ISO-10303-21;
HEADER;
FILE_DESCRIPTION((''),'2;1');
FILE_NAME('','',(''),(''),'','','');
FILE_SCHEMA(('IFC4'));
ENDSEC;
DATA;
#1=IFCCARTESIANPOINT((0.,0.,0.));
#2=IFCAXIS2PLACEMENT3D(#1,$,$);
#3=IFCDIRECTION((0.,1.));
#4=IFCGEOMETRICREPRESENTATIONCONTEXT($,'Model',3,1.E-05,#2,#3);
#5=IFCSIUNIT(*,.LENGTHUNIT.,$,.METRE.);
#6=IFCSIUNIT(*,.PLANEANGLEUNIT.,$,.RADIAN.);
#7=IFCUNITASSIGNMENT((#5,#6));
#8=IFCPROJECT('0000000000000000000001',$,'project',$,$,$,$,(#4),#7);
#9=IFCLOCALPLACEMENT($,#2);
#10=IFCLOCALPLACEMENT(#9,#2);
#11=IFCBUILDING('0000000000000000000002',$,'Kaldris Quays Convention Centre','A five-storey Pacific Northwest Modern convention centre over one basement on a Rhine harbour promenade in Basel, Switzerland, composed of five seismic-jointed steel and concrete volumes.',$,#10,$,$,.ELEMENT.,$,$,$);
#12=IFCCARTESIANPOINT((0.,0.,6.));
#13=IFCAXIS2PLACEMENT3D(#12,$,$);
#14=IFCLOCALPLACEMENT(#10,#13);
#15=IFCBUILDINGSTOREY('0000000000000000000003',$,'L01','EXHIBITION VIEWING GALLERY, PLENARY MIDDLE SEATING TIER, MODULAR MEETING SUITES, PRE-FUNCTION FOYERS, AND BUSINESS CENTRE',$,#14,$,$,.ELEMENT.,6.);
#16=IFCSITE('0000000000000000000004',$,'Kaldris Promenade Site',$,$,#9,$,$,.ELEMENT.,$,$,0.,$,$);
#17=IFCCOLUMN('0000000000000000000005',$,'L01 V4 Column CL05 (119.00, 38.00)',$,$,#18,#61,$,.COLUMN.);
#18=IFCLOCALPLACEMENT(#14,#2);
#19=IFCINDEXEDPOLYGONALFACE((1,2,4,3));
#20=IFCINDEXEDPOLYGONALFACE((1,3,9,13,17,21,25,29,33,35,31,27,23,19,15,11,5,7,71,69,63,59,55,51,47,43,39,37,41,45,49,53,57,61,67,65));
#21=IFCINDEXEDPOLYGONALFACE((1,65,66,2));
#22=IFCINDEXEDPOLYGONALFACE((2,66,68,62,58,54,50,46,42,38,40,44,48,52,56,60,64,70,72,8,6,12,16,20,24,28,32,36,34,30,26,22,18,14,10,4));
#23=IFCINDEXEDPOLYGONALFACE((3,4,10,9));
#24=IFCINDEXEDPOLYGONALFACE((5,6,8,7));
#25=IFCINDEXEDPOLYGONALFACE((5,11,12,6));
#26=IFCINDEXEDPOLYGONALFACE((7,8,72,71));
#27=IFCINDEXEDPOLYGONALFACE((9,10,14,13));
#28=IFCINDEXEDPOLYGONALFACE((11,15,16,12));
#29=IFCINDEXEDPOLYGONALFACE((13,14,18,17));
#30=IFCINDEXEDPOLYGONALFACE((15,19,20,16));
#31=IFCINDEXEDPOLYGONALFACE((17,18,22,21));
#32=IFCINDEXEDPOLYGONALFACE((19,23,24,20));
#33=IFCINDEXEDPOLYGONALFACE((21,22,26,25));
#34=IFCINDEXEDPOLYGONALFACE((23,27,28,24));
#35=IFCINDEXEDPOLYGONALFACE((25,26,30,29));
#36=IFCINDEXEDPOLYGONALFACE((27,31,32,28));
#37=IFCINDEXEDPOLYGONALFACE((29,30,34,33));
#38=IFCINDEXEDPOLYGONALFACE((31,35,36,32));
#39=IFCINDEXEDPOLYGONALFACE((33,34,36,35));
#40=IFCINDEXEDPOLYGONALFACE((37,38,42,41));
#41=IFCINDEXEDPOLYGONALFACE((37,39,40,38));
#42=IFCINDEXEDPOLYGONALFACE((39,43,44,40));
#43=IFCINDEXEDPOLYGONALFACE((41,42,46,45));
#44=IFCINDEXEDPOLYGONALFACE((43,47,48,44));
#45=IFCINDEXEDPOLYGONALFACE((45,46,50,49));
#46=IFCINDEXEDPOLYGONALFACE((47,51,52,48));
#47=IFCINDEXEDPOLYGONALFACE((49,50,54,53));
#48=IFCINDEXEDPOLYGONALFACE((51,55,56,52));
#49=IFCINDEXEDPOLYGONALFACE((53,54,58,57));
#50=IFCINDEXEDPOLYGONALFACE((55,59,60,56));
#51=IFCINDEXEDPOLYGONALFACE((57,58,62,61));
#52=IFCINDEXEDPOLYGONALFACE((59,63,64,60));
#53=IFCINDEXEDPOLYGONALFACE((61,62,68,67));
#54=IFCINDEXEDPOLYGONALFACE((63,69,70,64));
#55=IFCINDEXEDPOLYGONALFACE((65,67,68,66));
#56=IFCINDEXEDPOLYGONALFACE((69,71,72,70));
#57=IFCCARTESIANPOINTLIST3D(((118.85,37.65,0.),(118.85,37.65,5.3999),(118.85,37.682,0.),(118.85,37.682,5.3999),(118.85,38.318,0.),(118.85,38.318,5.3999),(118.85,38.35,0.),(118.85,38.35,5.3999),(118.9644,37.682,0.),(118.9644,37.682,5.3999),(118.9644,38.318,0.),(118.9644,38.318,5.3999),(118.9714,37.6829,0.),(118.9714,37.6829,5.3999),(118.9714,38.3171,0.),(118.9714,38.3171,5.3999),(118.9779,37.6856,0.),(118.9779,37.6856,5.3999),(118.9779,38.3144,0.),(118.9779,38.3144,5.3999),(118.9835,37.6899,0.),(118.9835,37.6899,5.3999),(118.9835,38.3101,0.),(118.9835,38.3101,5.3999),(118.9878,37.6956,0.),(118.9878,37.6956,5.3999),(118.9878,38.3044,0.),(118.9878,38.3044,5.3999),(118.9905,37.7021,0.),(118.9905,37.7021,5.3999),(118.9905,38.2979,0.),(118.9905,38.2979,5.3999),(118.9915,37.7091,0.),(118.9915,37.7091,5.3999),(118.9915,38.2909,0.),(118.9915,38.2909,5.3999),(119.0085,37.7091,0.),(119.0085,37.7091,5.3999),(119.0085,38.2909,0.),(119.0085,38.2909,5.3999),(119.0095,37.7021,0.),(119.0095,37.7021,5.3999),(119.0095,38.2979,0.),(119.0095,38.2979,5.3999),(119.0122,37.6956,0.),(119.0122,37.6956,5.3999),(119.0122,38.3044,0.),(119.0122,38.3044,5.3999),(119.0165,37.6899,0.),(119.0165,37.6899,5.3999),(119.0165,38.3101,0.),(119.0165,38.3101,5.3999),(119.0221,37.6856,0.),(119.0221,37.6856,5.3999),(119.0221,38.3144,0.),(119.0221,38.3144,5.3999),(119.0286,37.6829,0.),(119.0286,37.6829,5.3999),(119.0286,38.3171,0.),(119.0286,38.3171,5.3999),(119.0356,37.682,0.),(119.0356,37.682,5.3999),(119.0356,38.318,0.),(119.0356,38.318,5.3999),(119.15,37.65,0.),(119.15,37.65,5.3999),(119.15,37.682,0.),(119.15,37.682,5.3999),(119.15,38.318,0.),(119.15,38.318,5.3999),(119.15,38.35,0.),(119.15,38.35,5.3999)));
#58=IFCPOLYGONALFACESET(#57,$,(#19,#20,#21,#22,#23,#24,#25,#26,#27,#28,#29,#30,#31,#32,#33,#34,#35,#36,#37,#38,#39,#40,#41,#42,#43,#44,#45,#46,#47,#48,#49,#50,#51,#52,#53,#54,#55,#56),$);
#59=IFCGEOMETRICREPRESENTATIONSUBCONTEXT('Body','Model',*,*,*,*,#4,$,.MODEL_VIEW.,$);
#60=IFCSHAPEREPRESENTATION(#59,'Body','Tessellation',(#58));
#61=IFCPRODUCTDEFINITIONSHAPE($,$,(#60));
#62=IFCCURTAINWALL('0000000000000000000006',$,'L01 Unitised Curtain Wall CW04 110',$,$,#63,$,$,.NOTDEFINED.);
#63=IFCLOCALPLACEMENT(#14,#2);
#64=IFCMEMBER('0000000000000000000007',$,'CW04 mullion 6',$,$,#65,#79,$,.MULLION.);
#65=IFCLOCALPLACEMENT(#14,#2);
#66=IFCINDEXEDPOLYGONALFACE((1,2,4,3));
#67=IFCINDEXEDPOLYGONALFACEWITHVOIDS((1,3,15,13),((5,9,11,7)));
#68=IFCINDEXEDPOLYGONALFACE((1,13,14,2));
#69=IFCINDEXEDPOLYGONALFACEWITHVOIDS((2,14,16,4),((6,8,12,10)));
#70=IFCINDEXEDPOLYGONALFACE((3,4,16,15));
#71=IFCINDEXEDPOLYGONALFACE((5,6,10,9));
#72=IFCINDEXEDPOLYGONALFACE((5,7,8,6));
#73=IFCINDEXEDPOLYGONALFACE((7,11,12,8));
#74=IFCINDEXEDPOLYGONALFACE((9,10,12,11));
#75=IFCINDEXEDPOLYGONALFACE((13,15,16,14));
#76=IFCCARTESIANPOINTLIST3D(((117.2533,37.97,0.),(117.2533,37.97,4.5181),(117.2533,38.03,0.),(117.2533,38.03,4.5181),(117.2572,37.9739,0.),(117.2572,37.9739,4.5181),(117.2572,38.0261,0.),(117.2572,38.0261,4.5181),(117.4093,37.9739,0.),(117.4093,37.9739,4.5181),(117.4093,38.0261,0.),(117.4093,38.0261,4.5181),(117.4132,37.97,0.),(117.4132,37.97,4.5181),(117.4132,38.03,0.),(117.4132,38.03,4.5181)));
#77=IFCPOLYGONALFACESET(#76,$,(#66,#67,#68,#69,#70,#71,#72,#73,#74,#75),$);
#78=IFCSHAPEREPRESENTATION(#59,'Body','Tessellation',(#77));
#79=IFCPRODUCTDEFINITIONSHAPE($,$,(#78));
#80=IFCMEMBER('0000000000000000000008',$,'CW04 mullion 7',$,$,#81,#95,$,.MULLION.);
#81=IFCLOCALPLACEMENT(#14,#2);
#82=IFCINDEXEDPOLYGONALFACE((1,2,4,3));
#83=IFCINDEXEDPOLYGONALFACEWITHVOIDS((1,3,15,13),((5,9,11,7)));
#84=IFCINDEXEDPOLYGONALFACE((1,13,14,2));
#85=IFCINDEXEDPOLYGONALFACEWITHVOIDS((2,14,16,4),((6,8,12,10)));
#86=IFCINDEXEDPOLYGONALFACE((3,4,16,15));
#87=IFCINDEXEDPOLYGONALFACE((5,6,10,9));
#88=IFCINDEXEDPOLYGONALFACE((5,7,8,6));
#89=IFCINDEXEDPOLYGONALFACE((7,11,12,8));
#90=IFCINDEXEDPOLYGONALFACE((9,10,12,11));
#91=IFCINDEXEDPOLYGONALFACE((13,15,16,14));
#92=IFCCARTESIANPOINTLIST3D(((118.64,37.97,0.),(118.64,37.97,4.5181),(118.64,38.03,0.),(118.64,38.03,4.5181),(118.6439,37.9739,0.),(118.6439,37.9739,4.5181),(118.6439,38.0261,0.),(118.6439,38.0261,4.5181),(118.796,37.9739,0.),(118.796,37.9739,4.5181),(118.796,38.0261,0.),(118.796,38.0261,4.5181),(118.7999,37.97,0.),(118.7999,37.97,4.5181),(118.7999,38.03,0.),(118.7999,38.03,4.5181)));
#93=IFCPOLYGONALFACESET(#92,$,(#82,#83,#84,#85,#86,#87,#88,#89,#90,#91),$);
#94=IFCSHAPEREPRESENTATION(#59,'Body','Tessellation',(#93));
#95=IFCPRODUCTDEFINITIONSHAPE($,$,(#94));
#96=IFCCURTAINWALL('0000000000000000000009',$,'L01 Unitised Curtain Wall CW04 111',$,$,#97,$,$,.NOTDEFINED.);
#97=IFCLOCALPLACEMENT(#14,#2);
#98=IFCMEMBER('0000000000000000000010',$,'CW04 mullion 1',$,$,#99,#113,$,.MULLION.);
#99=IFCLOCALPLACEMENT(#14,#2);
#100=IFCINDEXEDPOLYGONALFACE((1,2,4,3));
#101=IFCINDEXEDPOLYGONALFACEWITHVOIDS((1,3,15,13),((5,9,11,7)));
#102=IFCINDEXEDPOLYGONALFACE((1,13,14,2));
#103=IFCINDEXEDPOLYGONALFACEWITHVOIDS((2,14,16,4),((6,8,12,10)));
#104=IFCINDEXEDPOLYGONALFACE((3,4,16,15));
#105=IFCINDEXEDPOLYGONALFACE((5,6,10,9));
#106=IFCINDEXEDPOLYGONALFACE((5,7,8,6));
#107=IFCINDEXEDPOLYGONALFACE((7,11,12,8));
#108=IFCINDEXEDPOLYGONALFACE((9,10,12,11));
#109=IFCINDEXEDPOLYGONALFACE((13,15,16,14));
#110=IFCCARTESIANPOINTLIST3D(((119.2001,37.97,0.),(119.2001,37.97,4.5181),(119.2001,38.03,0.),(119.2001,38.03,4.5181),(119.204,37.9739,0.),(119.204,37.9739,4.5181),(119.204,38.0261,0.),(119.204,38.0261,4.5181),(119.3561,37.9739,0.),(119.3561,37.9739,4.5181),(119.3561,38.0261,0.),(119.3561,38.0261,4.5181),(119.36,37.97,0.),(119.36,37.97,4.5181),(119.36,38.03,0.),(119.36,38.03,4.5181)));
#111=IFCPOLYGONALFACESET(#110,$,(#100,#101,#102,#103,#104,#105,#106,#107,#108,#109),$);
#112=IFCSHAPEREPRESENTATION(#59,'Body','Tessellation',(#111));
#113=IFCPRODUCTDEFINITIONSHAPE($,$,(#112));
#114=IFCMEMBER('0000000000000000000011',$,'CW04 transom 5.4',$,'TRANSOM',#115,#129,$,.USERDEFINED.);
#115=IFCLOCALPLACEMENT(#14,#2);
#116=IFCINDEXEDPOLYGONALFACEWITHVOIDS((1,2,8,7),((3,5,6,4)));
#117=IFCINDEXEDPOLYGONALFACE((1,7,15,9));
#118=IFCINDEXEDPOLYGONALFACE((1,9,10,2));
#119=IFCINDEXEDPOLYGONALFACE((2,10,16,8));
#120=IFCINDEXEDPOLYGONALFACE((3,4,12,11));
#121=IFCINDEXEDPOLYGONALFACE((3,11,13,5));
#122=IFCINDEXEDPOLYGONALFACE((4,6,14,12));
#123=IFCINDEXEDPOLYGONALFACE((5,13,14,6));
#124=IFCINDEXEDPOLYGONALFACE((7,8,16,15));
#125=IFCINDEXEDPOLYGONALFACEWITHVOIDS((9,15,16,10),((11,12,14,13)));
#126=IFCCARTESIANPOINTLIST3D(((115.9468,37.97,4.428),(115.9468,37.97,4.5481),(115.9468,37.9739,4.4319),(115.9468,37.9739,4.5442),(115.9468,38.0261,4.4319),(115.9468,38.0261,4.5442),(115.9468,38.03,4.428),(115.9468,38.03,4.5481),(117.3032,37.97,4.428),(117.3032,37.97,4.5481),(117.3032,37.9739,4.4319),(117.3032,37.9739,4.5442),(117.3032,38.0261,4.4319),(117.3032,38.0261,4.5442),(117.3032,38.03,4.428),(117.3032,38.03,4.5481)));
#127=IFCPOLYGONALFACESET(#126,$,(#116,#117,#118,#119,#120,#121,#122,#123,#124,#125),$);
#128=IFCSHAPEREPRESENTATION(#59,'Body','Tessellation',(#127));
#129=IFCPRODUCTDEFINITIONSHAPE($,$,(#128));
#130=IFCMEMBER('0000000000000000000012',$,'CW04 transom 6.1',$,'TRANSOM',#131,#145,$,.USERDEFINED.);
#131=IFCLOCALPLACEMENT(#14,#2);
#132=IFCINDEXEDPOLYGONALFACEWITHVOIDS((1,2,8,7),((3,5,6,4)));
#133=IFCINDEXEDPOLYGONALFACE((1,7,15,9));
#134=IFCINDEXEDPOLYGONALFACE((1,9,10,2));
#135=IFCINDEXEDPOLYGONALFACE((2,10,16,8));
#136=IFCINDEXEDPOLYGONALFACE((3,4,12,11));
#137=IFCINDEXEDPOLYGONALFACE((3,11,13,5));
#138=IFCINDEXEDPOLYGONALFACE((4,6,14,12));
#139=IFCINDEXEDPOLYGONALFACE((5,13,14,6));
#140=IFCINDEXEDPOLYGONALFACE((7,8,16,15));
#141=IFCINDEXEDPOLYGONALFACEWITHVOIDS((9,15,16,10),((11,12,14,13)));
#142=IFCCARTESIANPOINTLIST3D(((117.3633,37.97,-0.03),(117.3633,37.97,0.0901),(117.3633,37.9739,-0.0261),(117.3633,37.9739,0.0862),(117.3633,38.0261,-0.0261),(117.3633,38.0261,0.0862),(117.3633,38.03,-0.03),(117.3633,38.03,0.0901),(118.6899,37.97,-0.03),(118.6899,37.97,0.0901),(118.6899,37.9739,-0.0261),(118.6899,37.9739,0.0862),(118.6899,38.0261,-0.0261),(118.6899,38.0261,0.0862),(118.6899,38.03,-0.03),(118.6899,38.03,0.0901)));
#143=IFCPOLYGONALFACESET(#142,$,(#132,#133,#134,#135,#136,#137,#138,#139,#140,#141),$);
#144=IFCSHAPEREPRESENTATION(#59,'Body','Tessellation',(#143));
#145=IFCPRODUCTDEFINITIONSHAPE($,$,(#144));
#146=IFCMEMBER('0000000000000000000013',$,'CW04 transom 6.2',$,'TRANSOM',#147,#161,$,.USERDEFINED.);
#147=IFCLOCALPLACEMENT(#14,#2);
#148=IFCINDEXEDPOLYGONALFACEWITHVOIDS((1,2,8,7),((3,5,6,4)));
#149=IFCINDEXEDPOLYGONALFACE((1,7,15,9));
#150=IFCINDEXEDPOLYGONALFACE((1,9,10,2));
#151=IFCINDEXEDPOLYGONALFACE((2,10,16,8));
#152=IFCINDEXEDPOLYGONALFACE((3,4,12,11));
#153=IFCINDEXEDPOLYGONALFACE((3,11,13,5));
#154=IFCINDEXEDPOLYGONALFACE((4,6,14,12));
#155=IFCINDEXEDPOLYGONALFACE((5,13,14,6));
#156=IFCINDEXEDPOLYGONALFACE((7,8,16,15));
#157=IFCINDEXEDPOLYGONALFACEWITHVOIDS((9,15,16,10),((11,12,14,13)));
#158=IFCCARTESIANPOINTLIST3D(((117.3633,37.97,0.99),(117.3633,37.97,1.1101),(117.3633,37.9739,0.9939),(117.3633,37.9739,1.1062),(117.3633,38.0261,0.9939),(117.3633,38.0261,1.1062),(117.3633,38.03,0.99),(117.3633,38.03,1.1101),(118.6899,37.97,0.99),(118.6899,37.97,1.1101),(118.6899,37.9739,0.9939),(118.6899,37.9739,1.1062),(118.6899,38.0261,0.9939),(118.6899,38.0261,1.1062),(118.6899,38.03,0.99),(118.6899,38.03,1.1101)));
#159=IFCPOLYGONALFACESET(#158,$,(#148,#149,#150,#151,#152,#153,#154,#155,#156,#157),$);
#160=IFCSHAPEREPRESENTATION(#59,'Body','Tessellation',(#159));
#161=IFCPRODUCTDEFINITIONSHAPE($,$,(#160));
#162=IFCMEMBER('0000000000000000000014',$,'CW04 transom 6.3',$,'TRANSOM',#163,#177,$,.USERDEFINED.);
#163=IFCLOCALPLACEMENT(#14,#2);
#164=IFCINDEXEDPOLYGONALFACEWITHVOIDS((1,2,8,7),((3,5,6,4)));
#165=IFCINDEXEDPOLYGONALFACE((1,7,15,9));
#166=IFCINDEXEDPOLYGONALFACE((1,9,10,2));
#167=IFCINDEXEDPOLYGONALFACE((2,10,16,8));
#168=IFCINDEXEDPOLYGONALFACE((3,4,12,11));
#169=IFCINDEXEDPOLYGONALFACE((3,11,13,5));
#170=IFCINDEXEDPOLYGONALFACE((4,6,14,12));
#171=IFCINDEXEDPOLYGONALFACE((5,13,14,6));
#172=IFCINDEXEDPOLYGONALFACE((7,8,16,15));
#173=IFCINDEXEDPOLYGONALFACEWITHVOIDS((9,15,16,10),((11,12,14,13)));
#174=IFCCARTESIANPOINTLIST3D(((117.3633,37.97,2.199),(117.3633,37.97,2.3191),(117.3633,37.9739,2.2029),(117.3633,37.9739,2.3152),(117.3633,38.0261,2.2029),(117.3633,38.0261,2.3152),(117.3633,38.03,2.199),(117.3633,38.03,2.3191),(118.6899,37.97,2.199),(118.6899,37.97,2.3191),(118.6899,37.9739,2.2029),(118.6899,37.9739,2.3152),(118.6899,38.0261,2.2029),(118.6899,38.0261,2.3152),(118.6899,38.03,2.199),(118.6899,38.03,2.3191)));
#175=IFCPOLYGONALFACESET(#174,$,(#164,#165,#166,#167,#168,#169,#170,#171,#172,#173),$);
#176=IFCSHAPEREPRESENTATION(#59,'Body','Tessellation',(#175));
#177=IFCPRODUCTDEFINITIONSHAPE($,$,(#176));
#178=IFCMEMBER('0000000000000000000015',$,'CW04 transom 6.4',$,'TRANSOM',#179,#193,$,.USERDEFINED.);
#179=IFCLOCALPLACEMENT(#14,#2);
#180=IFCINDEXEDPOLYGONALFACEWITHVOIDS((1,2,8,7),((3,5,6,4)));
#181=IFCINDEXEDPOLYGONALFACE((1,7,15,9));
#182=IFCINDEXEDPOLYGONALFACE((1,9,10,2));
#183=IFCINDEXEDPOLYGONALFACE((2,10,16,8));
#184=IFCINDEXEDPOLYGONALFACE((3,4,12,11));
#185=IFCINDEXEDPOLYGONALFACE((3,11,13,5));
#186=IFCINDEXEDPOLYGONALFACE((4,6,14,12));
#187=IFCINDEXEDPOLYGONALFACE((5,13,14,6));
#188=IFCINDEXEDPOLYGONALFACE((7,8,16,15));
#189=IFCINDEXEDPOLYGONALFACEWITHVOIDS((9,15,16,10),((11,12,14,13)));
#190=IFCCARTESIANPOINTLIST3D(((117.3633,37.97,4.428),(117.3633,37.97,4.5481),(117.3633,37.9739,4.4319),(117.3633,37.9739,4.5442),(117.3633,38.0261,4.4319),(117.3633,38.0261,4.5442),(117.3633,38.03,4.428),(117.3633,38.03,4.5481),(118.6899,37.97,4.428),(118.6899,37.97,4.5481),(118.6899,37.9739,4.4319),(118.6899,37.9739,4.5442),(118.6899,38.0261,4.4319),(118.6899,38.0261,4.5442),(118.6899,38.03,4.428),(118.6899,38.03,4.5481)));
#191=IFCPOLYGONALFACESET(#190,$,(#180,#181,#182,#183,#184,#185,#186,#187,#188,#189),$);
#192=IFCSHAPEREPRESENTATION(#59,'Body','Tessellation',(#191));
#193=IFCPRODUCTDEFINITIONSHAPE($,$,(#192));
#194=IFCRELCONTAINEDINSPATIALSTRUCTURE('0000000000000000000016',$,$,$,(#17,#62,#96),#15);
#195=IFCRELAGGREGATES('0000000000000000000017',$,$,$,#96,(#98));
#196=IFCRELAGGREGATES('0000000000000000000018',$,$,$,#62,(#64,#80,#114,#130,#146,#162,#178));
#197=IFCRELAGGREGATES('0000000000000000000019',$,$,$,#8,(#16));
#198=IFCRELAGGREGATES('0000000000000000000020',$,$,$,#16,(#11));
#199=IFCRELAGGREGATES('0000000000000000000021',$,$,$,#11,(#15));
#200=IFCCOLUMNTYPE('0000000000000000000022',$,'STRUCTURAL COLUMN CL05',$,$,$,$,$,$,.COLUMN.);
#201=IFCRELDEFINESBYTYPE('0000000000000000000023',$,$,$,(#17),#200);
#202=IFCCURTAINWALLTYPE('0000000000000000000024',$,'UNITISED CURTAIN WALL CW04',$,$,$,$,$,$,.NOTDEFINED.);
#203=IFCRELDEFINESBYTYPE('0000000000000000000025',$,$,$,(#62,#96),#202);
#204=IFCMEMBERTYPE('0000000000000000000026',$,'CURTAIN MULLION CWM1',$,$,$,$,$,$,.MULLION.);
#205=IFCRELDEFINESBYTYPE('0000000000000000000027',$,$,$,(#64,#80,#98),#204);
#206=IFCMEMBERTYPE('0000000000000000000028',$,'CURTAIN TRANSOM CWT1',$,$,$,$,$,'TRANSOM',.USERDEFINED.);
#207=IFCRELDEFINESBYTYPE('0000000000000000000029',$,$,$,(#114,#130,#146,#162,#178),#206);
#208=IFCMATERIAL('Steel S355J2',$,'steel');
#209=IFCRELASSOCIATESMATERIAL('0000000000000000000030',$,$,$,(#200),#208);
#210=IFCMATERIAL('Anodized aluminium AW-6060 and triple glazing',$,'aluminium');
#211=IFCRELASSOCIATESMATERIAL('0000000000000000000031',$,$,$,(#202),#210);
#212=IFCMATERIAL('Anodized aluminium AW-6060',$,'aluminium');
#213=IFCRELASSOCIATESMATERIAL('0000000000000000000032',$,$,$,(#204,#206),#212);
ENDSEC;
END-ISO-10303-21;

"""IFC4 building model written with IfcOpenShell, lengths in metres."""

from ifc_helpers import new_model, si_unit, direction, frame, origin, origin_2d, place, context, subcontext, project, spatial, hollow_rectangle, i_section, extrude, material, material_profile, profile_set, type_object, element, aggregate, save


model = new_model("IFC4")

# Units and contexts
model_context = context("Model", 3, precision=1e-05, world=origin(), true_north=direction((0.0, 1.0)))
body_context = subcontext(model_context, "Body", "Model", "MODEL_VIEW")
ifc_project = project(units=[si_unit("LENGTHUNIT", "METRE"), si_unit("PLANEANGLEUNIT", "RADIAN")], contexts=[model_context])

# Site, building, storey
site_placement = place(None, origin())
site = spatial("IfcSite", under=ifc_project, at=site_placement, Name="Kaldris Promenade Site", CompositionType="ELEMENT", RefElevation=0.0)
building_placement = place(site_placement, origin())
building = spatial("IfcBuilding", under=site, at=building_placement, Name="Kaldris Quays Convention Centre", Description="A five-storey Pacific Northwest Modern convention centre over one basement on a Rhine harbour promenade in Basel, Switzerland, composed of five seismic-jointed steel and concrete volumes.", CompositionType="ELEMENT")
storey_placement = place(building_placement, frame((0.0, 0.0, 6.0)))
storey = spatial("IfcBuildingStorey", under=building, at=storey_placement, Name="L01", Description="EXHIBITION VIEWING GALLERY, PLENARY MIDDLE SEATING TIER, MODULAR MEETING SUITES, PRE-FUNCTION FOYERS, AND BUSINESS CENTRE", CompositionType="ELEMENT", Elevation=6.0)

# Column
ifc_material_1 = material(Name="Steel S355J2", Category="steel")
ifc_material_profile_1 = material_profile(ifc_material_1, i_section(OverallWidth=0.3, OverallDepth=0.7, WebThickness=0.0171, FlangeThickness=0.032, FilletRadius=0.0271, at=origin_2d()), Name="HEB 700")
ifc_profile_set_1 = profile_set([ifc_material_profile_1], Name="Steel S355J2")
column_type = type_object("IfcColumnType", Name="STRUCTURAL COLUMN CL05", PredefinedType="COLUMN", material=ifc_profile_set_1)
column_placement = place(storey_placement, frame((119.0, 38.0, 0.0), z_axis=(0.0, 0.0, 1.0), x_axis=(1.0, 0.0, 0.0)))
element("IfcColumn", 1, at=column_placement, inside=storey, type_object=column_type, Name="L01 V4 Column CL05 (119.00, 38.00)", PredefinedType="COLUMN", context=body_context, shape_type="SweptSolid", body=[
    extrude(i_section(OverallWidth=0.3, OverallDepth=0.7, WebThickness=0.0171, FlangeThickness=0.032, FilletRadius=0.0271, at=origin_2d()), origin(), (0.0, 0.0, 1.0), 5.3999),
])

# Curtain wall, members
ifc_material_2 = material(Name="Anodized aluminium AW-6060 and triple glazing", Category="aluminium")
curtain_wall_type = type_object("IfcCurtainWallType", Name="UNITISED CURTAIN WALL CW04", PredefinedType="NOTDEFINED", material=ifc_material_2)
curtain_wall_1_placement = place(storey_placement, origin())
curtain_wall_1 = element("IfcCurtainWall", 2, at=curtain_wall_1_placement, inside=storey, type_object=curtain_wall_type, Name="L01 Unitised Curtain Wall CW04 110", PredefinedType="NOTDEFINED")
ifc_material_3 = material(Name="Anodized aluminium AW-6060", Category="aluminium")
ifc_material_profile_2 = material_profile(ifc_material_3, hollow_rectangle(XDim=0.0601, YDim=0.1599, WallThickness=0.0039, at=origin_2d()), Name="RHS 160x60x4")
ifc_profile_set_2 = profile_set([ifc_material_profile_2], Name="Anodized aluminium AW-6060")
member_type_1 = type_object("IfcMemberType", Name="CURTAIN MULLION CWM1", PredefinedType="MULLION", material=ifc_profile_set_2)
member_1_placement = place(storey_placement, frame((117.3333, 38.0, 0.0), z_axis=(0.0, 0.0, 1.0), x_axis=(0.0, 1.0, 0.0)))
member_1 = element("IfcMember", 3, at=member_1_placement, type_object=member_type_1, Name="CW04 mullion 6", PredefinedType="MULLION", context=body_context, shape_type="SweptSolid", body=[
    extrude(hollow_rectangle(XDim=0.0601, YDim=0.1599, WallThickness=0.0039, at=origin_2d()), origin(), (0.0, 0.0, 1.0), 4.5181),
])
member_2_placement = place(storey_placement, frame((118.72, 38.0, 0.0), z_axis=(0.0, 0.0, 1.0), x_axis=(0.0, 1.0, 0.0)))
member_2 = element("IfcMember", 4, at=member_2_placement, type_object=member_type_1, Name="CW04 mullion 7", PredefinedType="MULLION", context=body_context, shape_type="SweptSolid", body=[
    extrude(hollow_rectangle(XDim=0.0601, YDim=0.1599, WallThickness=0.0039, at=origin_2d()), origin(), (0.0, 0.0, 1.0), 4.5181),
])

# Curtain wall, member
curtain_wall_2_placement = place(storey_placement, origin())
curtain_wall_2 = element("IfcCurtainWall", 5, at=curtain_wall_2_placement, inside=storey, type_object=curtain_wall_type, Name="L01 Unitised Curtain Wall CW04 111", PredefinedType="NOTDEFINED")
member_3_placement = place(storey_placement, frame((119.28, 38.0, 0.0), z_axis=(0.0, 0.0, 1.0), x_axis=(0.0, 1.0, 0.0)))
member_3 = element("IfcMember", 6, at=member_3_placement, type_object=member_type_1, Name="CW04 mullion 1", PredefinedType="MULLION", context=body_context, shape_type="SweptSolid", body=[
    extrude(hollow_rectangle(XDim=0.0601, YDim=0.1599, WallThickness=0.0039, at=origin_2d()), origin(), (0.0, 0.0, 1.0), 4.5181),
])

# Members
ifc_material_profile_3 = material_profile(ifc_material_3, hollow_rectangle(XDim=0.0601, YDim=0.1201, WallThickness=0.0039, at=origin_2d()), Name="RHS 120x60x4")
ifc_profile_set_3 = profile_set([ifc_material_profile_3], Name="Anodized aluminium AW-6060")
member_type_2 = type_object("IfcMemberType", Name="CURTAIN TRANSOM CWT1", ElementType="TRANSOM", PredefinedType="USERDEFINED", material=ifc_profile_set_3)
member_4_placement = place(storey_placement, frame((115.9468, 38.0, 4.488), z_axis=(1.0, 0.0, 0.0), x_axis=(0.0, 1.0, 0.0)))
member_4 = element("IfcMember", 7, at=member_4_placement, type_object=member_type_2, Name="CW04 transom 5.4", ObjectType="TRANSOM", PredefinedType="USERDEFINED", context=body_context, shape_type="SweptSolid", body=[
    extrude(hollow_rectangle(XDim=0.0601, YDim=0.1201, WallThickness=0.0039, at=origin_2d()), origin(), (0.0, 0.0, 1.0), 1.3564),
])
member_5_placement = place(storey_placement, frame((117.3633, 38.0, 0.03), z_axis=(1.0, 0.0, 0.0), x_axis=(0.0, 1.0, 0.0)))
member_5 = element("IfcMember", 8, at=member_5_placement, type_object=member_type_2, Name="CW04 transom 6.1", ObjectType="TRANSOM", PredefinedType="USERDEFINED", context=body_context, shape_type="SweptSolid", body=[
    extrude(hollow_rectangle(XDim=0.0601, YDim=0.1201, WallThickness=0.0039, at=origin_2d()), origin(), (0.0, 0.0, 1.0), 1.3267),
])
member_6_placement = place(storey_placement, frame((117.3633, 38.0, 1.05), z_axis=(1.0, 0.0, 0.0), x_axis=(0.0, 1.0, 0.0)))
member_6 = element("IfcMember", 9, at=member_6_placement, type_object=member_type_2, Name="CW04 transom 6.2", ObjectType="TRANSOM", PredefinedType="USERDEFINED", context=body_context, shape_type="SweptSolid", body=[
    extrude(hollow_rectangle(XDim=0.0601, YDim=0.1201, WallThickness=0.0039, at=origin_2d()), origin(), (0.0, 0.0, 1.0), 1.3267),
])
member_7_placement = place(storey_placement, frame((117.3633, 38.0, 2.259), z_axis=(1.0, 0.0, 0.0), x_axis=(0.0, 1.0, 0.0)))
member_7 = element("IfcMember", 10, at=member_7_placement, type_object=member_type_2, Name="CW04 transom 6.3", ObjectType="TRANSOM", PredefinedType="USERDEFINED", context=body_context, shape_type="SweptSolid", body=[
    extrude(hollow_rectangle(XDim=0.0601, YDim=0.1201, WallThickness=0.0039, at=origin_2d()), origin(), (0.0, 0.0, 1.0), 1.3267),
])
member_8_placement = place(storey_placement, frame((117.3633, 38.0, 4.488), z_axis=(1.0, 0.0, 0.0), x_axis=(0.0, 1.0, 0.0)))
member_8 = element("IfcMember", 11, at=member_8_placement, type_object=member_type_2, Name="CW04 transom 6.4", ObjectType="TRANSOM", PredefinedType="USERDEFINED", context=body_context, shape_type="SweptSolid", body=[
    extrude(hollow_rectangle(XDim=0.0601, YDim=0.1201, WallThickness=0.0039, at=origin_2d()), origin(), (0.0, 0.0, 1.0), 1.3267),
])
aggregate(curtain_wall_2, [member_3])

aggregate(curtain_wall_1, [member_1, member_2, member_4, member_5, member_6, member_7, member_8])

save(model, "model.ifc")
